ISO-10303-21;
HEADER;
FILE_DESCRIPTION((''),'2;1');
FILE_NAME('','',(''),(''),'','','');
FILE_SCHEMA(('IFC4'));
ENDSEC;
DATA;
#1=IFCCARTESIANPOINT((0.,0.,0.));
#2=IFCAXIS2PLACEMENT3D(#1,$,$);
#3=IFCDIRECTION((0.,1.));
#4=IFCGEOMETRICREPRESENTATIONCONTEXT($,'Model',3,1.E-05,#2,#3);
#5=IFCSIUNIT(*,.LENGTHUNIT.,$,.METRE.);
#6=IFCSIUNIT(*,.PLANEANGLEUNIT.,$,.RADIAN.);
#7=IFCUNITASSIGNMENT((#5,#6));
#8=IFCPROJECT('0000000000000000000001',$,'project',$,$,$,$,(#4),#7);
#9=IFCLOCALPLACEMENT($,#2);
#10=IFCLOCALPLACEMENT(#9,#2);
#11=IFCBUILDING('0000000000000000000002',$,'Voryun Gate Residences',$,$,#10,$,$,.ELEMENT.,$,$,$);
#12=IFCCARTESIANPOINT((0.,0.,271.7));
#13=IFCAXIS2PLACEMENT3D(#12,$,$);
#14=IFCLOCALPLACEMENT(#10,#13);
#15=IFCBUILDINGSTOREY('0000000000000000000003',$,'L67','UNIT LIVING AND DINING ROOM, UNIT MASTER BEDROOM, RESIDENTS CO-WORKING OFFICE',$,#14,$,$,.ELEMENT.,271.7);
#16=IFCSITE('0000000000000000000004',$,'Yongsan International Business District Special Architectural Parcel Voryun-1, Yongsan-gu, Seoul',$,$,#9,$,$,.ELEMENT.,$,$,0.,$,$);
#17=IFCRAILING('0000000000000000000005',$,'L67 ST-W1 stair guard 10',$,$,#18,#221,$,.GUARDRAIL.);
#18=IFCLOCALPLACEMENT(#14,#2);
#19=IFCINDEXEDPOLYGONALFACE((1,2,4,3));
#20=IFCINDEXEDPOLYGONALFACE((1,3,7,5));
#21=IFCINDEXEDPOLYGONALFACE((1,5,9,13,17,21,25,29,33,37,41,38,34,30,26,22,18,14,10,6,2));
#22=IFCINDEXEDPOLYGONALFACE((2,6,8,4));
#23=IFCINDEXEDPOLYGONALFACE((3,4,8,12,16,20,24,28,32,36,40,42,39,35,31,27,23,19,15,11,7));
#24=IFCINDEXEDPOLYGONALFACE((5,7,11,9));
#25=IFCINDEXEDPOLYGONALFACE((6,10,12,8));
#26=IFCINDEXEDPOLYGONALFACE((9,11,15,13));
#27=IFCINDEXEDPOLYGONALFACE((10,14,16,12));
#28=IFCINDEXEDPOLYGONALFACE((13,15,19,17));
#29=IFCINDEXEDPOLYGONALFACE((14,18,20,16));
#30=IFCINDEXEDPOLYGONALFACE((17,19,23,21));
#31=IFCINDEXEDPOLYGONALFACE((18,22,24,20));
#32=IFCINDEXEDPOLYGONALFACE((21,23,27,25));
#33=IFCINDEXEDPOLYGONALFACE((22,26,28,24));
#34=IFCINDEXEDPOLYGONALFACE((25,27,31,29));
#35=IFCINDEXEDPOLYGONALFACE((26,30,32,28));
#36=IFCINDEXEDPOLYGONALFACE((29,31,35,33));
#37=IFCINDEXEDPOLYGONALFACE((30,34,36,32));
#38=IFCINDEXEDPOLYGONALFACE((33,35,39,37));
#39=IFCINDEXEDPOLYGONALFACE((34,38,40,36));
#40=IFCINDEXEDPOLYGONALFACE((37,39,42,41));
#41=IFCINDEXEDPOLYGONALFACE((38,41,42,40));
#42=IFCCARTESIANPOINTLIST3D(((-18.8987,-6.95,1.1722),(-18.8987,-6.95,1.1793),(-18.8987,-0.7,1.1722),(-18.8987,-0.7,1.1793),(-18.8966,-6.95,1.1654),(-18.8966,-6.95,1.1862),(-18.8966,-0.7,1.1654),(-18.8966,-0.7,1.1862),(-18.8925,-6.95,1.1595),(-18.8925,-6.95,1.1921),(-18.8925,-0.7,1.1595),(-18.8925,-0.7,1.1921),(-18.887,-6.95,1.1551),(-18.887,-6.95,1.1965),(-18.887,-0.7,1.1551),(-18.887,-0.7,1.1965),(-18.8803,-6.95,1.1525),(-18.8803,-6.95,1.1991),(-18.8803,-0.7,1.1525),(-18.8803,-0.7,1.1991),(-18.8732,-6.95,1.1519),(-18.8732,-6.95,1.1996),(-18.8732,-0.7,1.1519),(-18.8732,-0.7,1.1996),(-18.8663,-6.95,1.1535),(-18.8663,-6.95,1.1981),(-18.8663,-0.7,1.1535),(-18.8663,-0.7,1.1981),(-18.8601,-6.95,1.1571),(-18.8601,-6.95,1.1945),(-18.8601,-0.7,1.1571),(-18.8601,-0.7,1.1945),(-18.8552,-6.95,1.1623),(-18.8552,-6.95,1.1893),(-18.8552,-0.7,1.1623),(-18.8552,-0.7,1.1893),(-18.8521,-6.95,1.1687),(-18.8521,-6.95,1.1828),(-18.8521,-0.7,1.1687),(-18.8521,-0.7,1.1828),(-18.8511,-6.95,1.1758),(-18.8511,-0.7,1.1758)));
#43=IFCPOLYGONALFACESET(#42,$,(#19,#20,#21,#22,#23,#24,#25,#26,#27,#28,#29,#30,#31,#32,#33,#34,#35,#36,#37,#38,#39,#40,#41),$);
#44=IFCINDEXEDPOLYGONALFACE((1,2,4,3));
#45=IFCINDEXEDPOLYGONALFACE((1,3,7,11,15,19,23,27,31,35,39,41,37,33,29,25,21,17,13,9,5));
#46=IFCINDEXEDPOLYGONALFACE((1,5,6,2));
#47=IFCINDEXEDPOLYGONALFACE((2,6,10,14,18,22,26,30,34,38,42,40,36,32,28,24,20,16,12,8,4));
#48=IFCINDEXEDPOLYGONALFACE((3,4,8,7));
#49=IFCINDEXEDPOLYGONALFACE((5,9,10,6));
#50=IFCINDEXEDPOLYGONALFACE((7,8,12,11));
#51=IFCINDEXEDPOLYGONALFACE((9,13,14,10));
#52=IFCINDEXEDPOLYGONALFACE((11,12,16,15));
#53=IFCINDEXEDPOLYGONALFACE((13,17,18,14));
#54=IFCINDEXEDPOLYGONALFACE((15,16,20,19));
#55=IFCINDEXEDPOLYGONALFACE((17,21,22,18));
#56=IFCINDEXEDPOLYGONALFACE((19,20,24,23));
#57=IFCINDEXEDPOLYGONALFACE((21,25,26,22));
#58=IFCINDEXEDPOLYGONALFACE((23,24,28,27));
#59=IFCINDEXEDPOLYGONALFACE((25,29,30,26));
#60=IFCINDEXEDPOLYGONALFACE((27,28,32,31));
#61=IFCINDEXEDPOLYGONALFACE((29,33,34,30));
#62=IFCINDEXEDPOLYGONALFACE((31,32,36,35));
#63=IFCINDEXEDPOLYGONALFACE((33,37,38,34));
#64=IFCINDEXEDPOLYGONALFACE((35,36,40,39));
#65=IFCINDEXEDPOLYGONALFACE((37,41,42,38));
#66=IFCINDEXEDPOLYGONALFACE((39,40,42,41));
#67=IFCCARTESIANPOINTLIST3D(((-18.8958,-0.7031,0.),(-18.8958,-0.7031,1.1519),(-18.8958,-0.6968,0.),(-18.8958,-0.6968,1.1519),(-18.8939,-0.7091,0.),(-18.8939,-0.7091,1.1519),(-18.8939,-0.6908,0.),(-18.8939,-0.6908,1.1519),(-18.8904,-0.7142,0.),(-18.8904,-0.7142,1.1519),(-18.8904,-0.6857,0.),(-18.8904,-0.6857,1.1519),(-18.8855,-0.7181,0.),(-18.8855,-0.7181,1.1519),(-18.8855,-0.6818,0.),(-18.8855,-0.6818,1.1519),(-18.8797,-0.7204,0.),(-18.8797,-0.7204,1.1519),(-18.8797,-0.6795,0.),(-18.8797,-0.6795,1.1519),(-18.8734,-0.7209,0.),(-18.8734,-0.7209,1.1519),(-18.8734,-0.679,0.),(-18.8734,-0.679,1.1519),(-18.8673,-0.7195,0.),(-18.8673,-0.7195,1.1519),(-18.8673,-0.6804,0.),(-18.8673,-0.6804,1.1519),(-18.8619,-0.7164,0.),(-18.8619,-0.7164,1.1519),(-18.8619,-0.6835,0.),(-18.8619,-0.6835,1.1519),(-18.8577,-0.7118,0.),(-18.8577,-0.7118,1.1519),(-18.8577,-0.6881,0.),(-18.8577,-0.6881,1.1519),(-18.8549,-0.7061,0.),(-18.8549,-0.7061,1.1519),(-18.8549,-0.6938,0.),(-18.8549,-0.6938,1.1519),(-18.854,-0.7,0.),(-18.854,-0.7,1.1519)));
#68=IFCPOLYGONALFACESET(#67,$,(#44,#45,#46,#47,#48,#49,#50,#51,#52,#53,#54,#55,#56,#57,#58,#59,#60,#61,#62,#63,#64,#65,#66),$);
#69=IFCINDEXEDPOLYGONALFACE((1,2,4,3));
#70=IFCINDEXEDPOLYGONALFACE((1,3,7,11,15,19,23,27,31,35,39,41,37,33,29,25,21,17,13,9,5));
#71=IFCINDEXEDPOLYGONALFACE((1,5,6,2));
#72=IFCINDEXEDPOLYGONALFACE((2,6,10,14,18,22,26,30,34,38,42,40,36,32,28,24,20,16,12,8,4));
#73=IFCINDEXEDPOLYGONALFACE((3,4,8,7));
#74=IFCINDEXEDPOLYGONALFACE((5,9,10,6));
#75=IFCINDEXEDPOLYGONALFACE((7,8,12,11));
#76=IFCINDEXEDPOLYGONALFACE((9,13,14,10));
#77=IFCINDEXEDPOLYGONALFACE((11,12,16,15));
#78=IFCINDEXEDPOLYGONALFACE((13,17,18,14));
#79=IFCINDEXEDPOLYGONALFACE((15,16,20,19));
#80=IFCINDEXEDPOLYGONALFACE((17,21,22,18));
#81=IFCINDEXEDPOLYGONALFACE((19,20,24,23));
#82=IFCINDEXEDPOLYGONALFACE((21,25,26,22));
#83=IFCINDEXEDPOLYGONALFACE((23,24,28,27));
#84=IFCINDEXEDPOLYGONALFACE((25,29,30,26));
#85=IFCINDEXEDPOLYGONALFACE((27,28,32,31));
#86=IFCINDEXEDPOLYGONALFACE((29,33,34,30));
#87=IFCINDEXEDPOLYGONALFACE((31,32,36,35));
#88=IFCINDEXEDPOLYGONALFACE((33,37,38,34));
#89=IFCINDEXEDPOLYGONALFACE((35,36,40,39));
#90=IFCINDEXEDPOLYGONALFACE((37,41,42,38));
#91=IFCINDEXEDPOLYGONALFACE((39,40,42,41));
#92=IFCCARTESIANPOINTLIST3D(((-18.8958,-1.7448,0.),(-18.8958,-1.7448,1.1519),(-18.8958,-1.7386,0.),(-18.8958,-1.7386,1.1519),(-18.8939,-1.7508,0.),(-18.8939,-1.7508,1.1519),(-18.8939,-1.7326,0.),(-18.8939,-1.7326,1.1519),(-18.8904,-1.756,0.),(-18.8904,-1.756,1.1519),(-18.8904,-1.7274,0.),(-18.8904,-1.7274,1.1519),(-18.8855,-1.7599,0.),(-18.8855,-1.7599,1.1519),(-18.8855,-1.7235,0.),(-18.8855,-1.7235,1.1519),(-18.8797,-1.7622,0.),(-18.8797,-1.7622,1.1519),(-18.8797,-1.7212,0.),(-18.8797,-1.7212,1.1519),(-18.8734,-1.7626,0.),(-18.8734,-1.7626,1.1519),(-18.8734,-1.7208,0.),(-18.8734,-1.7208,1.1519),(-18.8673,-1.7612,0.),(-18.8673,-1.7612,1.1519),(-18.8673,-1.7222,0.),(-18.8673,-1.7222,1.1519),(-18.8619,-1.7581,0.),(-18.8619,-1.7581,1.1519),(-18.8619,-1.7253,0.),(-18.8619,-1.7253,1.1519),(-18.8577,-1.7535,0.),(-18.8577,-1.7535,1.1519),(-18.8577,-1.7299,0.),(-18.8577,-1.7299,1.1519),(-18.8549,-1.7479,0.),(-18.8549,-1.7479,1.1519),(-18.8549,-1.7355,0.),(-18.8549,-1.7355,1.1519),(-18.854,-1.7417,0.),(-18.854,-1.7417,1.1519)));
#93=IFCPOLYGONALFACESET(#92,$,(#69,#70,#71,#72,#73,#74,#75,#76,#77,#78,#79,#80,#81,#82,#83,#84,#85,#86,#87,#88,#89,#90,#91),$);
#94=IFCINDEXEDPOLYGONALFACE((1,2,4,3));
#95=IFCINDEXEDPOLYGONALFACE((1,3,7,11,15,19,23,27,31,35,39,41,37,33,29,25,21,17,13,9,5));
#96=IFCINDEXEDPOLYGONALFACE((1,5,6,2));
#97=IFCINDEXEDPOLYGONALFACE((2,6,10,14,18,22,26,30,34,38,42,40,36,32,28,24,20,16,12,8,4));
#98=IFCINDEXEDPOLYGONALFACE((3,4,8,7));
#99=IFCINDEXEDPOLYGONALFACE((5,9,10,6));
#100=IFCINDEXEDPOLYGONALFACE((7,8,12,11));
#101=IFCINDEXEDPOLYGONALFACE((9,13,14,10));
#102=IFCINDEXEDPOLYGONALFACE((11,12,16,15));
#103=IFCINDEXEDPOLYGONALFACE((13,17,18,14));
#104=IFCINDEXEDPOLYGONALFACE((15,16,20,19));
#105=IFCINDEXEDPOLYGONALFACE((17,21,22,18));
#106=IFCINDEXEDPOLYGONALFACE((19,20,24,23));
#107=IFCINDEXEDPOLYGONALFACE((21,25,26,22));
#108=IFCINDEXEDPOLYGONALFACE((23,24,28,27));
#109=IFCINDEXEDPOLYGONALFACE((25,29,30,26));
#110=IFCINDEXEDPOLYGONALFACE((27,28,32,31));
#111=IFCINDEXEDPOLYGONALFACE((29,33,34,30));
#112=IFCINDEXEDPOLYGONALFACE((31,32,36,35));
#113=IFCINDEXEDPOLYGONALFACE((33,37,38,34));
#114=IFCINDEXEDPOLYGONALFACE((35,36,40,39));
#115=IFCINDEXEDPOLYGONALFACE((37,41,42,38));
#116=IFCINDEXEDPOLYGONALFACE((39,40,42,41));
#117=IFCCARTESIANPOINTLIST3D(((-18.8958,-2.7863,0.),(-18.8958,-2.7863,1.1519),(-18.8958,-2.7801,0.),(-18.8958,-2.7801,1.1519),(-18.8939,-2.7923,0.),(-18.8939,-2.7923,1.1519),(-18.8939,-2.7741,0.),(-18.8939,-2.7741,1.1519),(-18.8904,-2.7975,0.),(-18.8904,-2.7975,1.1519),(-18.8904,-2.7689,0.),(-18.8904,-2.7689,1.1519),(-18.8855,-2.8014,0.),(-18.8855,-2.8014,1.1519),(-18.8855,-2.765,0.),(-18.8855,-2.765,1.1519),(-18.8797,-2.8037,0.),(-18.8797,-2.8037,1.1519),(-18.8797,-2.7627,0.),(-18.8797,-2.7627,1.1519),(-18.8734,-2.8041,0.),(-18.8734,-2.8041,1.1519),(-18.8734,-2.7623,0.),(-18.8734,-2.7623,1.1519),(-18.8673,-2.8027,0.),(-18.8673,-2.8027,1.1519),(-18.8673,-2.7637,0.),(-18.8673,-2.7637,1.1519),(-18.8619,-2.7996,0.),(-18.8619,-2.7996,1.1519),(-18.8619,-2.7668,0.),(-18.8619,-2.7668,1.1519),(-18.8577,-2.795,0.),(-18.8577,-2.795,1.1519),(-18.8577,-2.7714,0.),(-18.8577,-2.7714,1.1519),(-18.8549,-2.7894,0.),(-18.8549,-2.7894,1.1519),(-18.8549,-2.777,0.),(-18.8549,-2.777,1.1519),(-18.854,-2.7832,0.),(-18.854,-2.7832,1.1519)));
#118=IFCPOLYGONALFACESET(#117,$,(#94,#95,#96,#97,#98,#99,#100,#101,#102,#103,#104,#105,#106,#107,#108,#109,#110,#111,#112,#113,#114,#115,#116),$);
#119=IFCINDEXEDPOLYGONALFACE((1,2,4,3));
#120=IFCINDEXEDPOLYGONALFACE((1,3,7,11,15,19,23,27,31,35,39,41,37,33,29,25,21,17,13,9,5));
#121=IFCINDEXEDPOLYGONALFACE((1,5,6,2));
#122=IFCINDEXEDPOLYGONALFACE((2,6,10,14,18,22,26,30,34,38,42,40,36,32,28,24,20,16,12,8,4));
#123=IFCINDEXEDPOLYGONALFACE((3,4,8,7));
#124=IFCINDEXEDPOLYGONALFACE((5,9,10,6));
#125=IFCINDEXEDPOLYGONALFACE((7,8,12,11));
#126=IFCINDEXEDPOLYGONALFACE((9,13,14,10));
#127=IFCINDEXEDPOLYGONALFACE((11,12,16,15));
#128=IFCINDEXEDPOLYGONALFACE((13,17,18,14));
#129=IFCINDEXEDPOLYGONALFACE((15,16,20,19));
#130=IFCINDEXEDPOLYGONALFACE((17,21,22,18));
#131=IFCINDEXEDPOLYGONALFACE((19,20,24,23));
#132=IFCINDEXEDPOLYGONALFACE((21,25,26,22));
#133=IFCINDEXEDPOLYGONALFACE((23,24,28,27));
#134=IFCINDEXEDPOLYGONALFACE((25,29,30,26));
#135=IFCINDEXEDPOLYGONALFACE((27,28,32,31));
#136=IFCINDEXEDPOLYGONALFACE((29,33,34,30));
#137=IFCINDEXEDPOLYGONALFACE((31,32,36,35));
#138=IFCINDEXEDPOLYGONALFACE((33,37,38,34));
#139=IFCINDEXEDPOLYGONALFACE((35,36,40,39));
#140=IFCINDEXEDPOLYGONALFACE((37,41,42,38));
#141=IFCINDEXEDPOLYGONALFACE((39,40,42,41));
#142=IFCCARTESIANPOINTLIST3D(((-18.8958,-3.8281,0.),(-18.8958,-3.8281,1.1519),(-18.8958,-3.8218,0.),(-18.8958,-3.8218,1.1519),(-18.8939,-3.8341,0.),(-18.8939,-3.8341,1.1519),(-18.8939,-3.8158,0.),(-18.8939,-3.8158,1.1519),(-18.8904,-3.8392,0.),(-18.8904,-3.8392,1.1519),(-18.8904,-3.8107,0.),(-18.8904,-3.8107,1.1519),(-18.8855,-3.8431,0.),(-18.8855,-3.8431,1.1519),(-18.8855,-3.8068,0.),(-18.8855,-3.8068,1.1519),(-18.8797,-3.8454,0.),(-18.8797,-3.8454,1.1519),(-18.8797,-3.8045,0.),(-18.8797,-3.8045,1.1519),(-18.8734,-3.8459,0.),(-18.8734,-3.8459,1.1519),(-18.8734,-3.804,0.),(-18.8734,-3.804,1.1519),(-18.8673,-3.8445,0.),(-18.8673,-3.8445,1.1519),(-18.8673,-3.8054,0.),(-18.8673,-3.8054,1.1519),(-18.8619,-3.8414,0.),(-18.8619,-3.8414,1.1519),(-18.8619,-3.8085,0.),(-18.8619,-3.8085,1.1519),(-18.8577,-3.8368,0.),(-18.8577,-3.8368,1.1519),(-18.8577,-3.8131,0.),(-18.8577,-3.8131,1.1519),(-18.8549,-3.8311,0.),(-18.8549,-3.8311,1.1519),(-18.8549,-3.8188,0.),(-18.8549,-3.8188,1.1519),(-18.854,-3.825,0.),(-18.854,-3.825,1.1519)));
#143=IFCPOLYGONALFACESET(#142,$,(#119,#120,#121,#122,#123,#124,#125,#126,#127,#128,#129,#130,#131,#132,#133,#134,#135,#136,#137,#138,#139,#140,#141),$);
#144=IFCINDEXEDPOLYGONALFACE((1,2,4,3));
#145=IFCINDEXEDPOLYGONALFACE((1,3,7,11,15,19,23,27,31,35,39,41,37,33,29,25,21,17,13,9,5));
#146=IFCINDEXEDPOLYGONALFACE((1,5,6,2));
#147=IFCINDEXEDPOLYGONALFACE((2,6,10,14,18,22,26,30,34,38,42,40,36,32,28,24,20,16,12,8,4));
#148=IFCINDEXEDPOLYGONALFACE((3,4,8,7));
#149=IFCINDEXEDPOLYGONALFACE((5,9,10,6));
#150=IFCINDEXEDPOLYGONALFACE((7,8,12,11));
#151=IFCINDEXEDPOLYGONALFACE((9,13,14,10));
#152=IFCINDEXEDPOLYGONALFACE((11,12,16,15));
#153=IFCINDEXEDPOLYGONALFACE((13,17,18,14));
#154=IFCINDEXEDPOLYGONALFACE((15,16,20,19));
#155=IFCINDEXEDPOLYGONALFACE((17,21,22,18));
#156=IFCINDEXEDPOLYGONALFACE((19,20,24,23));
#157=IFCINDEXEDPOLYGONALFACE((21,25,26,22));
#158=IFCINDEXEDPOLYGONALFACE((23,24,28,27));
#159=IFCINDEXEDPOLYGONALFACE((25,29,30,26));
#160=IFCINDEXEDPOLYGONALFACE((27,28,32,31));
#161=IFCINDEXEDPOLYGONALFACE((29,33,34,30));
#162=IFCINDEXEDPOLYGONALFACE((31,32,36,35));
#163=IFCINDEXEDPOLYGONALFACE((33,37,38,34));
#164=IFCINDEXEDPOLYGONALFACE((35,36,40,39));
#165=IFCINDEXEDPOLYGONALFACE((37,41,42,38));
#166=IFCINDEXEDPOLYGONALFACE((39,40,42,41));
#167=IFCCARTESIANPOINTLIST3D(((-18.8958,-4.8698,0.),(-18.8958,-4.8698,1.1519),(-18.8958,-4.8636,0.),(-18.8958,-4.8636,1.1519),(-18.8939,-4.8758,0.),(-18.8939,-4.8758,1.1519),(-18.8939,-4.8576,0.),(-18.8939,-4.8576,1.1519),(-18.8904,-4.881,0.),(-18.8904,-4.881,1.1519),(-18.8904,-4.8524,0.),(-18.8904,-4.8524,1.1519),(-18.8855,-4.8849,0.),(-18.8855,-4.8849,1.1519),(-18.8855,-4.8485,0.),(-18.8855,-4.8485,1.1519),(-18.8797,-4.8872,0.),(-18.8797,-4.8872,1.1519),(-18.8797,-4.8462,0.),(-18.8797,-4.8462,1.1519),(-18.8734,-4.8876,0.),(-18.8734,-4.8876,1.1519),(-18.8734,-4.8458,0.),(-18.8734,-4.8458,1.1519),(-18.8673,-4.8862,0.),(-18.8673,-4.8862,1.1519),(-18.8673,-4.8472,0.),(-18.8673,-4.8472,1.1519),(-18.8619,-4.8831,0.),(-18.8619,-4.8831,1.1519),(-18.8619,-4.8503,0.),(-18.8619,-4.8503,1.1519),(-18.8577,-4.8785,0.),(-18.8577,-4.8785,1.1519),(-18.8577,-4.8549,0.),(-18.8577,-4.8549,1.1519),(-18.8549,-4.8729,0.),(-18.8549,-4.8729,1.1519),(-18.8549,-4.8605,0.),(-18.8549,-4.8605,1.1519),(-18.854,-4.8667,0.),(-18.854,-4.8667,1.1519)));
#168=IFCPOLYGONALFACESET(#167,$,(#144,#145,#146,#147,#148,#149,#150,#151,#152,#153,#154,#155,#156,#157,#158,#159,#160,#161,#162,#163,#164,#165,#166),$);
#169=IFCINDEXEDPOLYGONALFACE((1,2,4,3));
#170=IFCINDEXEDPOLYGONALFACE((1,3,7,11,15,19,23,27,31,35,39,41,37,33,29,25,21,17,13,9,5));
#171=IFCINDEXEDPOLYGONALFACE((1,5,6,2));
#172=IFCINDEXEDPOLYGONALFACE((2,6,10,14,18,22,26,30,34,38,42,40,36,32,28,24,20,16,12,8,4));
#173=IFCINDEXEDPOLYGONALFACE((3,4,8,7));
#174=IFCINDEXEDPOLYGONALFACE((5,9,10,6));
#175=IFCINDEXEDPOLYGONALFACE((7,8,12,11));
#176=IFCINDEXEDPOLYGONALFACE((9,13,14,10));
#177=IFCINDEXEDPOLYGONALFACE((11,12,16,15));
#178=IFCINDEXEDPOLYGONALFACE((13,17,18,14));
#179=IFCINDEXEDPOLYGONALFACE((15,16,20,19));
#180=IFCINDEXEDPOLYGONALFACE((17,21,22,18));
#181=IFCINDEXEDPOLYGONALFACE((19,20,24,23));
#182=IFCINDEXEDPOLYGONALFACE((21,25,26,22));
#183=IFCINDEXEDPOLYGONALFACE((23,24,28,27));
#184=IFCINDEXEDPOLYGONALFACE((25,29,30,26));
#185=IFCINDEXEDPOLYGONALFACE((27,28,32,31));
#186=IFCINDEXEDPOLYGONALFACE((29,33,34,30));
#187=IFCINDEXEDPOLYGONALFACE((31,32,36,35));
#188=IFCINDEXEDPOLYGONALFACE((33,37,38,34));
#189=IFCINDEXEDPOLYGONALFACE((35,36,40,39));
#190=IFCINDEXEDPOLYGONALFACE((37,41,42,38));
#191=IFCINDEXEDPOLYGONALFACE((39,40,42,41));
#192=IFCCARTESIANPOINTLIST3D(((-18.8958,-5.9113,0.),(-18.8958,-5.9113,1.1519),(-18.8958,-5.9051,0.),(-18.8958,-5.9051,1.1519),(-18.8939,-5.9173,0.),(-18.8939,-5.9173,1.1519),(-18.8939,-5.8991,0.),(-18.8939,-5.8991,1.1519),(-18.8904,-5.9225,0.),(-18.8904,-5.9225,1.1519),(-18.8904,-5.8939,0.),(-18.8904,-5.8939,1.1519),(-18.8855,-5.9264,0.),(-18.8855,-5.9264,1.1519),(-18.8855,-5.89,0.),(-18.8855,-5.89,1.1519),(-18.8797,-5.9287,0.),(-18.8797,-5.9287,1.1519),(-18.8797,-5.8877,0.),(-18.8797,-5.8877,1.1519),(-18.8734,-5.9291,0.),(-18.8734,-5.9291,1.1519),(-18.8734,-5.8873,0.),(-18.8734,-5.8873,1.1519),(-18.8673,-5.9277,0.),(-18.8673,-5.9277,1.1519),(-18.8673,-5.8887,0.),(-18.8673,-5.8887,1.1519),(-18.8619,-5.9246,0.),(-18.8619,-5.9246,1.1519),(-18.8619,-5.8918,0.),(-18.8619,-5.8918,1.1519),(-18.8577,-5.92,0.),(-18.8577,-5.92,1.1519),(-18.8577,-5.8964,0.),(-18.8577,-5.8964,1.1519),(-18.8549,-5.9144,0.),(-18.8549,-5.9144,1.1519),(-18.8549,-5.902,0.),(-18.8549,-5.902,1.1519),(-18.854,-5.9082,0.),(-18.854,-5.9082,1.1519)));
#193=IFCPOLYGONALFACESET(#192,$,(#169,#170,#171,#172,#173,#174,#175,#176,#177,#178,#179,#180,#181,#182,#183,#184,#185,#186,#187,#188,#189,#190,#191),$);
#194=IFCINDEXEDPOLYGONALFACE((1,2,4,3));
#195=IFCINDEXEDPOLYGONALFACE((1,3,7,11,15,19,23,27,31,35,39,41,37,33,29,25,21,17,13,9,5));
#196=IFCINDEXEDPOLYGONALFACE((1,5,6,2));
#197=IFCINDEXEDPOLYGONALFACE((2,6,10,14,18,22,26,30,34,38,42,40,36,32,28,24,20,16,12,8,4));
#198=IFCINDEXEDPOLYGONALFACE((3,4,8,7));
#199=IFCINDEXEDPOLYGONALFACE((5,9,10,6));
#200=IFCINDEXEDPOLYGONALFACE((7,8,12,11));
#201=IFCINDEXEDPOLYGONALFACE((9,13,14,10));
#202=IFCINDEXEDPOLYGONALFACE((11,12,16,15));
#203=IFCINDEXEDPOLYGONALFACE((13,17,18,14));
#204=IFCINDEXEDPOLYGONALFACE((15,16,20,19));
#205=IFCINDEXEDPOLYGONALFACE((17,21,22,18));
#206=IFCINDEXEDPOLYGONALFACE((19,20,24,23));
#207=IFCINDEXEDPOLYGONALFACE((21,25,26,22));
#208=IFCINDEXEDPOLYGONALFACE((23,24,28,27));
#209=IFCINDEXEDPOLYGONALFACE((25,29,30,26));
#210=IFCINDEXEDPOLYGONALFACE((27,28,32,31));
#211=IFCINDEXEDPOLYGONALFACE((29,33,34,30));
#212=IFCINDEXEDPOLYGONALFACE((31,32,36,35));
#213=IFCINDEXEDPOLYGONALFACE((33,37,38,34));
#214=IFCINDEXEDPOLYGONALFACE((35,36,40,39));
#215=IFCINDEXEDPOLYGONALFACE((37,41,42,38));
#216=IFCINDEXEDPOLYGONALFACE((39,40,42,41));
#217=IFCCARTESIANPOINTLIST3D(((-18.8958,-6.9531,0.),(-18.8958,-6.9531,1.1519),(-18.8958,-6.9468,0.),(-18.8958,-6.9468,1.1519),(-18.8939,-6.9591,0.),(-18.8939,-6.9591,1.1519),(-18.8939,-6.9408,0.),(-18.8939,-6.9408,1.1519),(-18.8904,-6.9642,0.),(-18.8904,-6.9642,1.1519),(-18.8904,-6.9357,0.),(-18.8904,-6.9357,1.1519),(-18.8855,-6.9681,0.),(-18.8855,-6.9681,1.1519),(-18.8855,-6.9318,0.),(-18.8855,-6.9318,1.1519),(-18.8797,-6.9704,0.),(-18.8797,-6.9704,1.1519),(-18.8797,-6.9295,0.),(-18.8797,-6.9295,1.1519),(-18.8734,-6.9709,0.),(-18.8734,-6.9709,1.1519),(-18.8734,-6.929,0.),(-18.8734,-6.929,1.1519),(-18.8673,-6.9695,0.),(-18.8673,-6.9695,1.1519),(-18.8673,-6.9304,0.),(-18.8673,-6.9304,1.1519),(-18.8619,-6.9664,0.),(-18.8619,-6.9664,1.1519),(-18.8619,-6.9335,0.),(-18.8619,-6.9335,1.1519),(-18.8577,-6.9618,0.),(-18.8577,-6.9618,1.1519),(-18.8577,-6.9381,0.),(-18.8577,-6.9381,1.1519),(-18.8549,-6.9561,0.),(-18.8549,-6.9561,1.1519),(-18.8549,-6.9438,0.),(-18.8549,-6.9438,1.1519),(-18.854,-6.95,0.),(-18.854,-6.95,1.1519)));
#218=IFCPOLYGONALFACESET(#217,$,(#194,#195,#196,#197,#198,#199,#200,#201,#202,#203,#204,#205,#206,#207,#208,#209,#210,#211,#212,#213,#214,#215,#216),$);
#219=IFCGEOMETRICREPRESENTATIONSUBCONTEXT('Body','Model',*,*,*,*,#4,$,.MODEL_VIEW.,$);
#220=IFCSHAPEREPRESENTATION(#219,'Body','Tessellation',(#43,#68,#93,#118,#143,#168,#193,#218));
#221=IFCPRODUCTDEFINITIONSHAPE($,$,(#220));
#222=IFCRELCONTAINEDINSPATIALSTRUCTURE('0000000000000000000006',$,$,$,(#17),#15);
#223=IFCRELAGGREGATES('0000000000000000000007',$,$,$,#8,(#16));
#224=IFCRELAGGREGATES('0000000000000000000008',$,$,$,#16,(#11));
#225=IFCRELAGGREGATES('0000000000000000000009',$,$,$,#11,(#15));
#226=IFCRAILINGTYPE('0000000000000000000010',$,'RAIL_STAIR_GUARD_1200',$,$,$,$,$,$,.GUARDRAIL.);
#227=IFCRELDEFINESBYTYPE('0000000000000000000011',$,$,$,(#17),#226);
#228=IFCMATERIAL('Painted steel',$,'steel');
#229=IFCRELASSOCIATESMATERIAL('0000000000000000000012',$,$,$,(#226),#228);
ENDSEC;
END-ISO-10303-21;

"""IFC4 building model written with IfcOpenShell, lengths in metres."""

from ifc_helpers import new_model, si_unit, direction, frame, origin, origin_2d, place, context, subcontext, project, spatial, circle, extrude, material, type_object, element, save


model = new_model("IFC4")

# Units and contexts
model_context = context("Model", 3, precision=1e-05, world=origin(), true_north=direction((0.0, 1.0)))
body_context = subcontext(model_context, "Body", "Model", "MODEL_VIEW")
ifc_project = project(units=[si_unit("LENGTHUNIT", "METRE"), si_unit("PLANEANGLEUNIT", "RADIAN")], contexts=[model_context])

# Site, building, storey
site_placement = place(None, origin())
site = spatial("IfcSite", under=ifc_project, at=site_placement, Name="Yongsan International Business District Special Architectural Parcel Voryun-1, Yongsan-gu, Seoul", CompositionType="ELEMENT", RefElevation=0.0)
building_placement = place(site_placement, origin())
building = spatial("IfcBuilding", under=site, at=building_placement, Name="Voryun Gate Residences", CompositionType="ELEMENT")
storey_placement = place(building_placement, frame((0.0, 0.0, 271.7)))
storey = spatial("IfcBuildingStorey", under=building, at=storey_placement, Name="L67", Description="UNIT LIVING AND DINING ROOM, UNIT MASTER BEDROOM, RESIDENTS CO-WORKING OFFICE", CompositionType="ELEMENT", Elevation=271.7)

# Railing
ifc_material_1 = material(Name="Painted steel", Category="steel")
railing_type_1 = type_object("IfcRailingType", Name="RAIL_STAIR_GUARD_1200", PredefinedType="GUARDRAIL", material=ifc_material_1)
railing_1_placement = place(storey_placement, frame((-18.875, -0.7, 0.0)))
element("IfcRailing", 1, at=railing_1_placement, inside=storey, type_object=railing_type_1, Name="L67 ST-W1 stair guard 10", PredefinedType="GUARDRAIL", context=body_context, shape_type="SweptSolid", body=[
    extrude(circle(Radius=0.0239, at=origin_2d()), frame((0.0, 0.0, 1.1758), z_axis=(0.0, -1.0, 0.0), x_axis=(1.0, 0.0, 0.0)), (0.0, 0.0, 1.0), 6.25),
    extrude(circle(Radius=0.021, at=origin_2d()), origin(), (0.0, 0.0, 1.0), 1.1519),
    extrude(circle(Radius=0.021, at=origin_2d()), frame((0.0, -1.0417, 0.0)), (0.0, 0.0, 1.0), 1.1519),
    extrude(circle(Radius=0.021, at=origin_2d()), frame((0.0, -2.0833, 0.0)), (0.0, 0.0, 1.0), 1.1519),
    extrude(circle(Radius=0.021, at=origin_2d()), frame((0.0, -3.125, 0.0)), (0.0, 0.0, 1.0), 1.1519),
    extrude(circle(Radius=0.021, at=origin_2d()), frame((0.0, -4.1667, 0.0)), (0.0, 0.0, 1.0), 1.1519),
    extrude(circle(Radius=0.021, at=origin_2d()), frame((0.0, -5.2083, 0.0)), (0.0, 0.0, 1.0), 1.1519),
    extrude(circle(Radius=0.021, at=origin_2d()), frame((0.0, -6.25, 0.0)), (0.0, 0.0, 1.0), 1.1519),
])

save(model, "model.ifc")
